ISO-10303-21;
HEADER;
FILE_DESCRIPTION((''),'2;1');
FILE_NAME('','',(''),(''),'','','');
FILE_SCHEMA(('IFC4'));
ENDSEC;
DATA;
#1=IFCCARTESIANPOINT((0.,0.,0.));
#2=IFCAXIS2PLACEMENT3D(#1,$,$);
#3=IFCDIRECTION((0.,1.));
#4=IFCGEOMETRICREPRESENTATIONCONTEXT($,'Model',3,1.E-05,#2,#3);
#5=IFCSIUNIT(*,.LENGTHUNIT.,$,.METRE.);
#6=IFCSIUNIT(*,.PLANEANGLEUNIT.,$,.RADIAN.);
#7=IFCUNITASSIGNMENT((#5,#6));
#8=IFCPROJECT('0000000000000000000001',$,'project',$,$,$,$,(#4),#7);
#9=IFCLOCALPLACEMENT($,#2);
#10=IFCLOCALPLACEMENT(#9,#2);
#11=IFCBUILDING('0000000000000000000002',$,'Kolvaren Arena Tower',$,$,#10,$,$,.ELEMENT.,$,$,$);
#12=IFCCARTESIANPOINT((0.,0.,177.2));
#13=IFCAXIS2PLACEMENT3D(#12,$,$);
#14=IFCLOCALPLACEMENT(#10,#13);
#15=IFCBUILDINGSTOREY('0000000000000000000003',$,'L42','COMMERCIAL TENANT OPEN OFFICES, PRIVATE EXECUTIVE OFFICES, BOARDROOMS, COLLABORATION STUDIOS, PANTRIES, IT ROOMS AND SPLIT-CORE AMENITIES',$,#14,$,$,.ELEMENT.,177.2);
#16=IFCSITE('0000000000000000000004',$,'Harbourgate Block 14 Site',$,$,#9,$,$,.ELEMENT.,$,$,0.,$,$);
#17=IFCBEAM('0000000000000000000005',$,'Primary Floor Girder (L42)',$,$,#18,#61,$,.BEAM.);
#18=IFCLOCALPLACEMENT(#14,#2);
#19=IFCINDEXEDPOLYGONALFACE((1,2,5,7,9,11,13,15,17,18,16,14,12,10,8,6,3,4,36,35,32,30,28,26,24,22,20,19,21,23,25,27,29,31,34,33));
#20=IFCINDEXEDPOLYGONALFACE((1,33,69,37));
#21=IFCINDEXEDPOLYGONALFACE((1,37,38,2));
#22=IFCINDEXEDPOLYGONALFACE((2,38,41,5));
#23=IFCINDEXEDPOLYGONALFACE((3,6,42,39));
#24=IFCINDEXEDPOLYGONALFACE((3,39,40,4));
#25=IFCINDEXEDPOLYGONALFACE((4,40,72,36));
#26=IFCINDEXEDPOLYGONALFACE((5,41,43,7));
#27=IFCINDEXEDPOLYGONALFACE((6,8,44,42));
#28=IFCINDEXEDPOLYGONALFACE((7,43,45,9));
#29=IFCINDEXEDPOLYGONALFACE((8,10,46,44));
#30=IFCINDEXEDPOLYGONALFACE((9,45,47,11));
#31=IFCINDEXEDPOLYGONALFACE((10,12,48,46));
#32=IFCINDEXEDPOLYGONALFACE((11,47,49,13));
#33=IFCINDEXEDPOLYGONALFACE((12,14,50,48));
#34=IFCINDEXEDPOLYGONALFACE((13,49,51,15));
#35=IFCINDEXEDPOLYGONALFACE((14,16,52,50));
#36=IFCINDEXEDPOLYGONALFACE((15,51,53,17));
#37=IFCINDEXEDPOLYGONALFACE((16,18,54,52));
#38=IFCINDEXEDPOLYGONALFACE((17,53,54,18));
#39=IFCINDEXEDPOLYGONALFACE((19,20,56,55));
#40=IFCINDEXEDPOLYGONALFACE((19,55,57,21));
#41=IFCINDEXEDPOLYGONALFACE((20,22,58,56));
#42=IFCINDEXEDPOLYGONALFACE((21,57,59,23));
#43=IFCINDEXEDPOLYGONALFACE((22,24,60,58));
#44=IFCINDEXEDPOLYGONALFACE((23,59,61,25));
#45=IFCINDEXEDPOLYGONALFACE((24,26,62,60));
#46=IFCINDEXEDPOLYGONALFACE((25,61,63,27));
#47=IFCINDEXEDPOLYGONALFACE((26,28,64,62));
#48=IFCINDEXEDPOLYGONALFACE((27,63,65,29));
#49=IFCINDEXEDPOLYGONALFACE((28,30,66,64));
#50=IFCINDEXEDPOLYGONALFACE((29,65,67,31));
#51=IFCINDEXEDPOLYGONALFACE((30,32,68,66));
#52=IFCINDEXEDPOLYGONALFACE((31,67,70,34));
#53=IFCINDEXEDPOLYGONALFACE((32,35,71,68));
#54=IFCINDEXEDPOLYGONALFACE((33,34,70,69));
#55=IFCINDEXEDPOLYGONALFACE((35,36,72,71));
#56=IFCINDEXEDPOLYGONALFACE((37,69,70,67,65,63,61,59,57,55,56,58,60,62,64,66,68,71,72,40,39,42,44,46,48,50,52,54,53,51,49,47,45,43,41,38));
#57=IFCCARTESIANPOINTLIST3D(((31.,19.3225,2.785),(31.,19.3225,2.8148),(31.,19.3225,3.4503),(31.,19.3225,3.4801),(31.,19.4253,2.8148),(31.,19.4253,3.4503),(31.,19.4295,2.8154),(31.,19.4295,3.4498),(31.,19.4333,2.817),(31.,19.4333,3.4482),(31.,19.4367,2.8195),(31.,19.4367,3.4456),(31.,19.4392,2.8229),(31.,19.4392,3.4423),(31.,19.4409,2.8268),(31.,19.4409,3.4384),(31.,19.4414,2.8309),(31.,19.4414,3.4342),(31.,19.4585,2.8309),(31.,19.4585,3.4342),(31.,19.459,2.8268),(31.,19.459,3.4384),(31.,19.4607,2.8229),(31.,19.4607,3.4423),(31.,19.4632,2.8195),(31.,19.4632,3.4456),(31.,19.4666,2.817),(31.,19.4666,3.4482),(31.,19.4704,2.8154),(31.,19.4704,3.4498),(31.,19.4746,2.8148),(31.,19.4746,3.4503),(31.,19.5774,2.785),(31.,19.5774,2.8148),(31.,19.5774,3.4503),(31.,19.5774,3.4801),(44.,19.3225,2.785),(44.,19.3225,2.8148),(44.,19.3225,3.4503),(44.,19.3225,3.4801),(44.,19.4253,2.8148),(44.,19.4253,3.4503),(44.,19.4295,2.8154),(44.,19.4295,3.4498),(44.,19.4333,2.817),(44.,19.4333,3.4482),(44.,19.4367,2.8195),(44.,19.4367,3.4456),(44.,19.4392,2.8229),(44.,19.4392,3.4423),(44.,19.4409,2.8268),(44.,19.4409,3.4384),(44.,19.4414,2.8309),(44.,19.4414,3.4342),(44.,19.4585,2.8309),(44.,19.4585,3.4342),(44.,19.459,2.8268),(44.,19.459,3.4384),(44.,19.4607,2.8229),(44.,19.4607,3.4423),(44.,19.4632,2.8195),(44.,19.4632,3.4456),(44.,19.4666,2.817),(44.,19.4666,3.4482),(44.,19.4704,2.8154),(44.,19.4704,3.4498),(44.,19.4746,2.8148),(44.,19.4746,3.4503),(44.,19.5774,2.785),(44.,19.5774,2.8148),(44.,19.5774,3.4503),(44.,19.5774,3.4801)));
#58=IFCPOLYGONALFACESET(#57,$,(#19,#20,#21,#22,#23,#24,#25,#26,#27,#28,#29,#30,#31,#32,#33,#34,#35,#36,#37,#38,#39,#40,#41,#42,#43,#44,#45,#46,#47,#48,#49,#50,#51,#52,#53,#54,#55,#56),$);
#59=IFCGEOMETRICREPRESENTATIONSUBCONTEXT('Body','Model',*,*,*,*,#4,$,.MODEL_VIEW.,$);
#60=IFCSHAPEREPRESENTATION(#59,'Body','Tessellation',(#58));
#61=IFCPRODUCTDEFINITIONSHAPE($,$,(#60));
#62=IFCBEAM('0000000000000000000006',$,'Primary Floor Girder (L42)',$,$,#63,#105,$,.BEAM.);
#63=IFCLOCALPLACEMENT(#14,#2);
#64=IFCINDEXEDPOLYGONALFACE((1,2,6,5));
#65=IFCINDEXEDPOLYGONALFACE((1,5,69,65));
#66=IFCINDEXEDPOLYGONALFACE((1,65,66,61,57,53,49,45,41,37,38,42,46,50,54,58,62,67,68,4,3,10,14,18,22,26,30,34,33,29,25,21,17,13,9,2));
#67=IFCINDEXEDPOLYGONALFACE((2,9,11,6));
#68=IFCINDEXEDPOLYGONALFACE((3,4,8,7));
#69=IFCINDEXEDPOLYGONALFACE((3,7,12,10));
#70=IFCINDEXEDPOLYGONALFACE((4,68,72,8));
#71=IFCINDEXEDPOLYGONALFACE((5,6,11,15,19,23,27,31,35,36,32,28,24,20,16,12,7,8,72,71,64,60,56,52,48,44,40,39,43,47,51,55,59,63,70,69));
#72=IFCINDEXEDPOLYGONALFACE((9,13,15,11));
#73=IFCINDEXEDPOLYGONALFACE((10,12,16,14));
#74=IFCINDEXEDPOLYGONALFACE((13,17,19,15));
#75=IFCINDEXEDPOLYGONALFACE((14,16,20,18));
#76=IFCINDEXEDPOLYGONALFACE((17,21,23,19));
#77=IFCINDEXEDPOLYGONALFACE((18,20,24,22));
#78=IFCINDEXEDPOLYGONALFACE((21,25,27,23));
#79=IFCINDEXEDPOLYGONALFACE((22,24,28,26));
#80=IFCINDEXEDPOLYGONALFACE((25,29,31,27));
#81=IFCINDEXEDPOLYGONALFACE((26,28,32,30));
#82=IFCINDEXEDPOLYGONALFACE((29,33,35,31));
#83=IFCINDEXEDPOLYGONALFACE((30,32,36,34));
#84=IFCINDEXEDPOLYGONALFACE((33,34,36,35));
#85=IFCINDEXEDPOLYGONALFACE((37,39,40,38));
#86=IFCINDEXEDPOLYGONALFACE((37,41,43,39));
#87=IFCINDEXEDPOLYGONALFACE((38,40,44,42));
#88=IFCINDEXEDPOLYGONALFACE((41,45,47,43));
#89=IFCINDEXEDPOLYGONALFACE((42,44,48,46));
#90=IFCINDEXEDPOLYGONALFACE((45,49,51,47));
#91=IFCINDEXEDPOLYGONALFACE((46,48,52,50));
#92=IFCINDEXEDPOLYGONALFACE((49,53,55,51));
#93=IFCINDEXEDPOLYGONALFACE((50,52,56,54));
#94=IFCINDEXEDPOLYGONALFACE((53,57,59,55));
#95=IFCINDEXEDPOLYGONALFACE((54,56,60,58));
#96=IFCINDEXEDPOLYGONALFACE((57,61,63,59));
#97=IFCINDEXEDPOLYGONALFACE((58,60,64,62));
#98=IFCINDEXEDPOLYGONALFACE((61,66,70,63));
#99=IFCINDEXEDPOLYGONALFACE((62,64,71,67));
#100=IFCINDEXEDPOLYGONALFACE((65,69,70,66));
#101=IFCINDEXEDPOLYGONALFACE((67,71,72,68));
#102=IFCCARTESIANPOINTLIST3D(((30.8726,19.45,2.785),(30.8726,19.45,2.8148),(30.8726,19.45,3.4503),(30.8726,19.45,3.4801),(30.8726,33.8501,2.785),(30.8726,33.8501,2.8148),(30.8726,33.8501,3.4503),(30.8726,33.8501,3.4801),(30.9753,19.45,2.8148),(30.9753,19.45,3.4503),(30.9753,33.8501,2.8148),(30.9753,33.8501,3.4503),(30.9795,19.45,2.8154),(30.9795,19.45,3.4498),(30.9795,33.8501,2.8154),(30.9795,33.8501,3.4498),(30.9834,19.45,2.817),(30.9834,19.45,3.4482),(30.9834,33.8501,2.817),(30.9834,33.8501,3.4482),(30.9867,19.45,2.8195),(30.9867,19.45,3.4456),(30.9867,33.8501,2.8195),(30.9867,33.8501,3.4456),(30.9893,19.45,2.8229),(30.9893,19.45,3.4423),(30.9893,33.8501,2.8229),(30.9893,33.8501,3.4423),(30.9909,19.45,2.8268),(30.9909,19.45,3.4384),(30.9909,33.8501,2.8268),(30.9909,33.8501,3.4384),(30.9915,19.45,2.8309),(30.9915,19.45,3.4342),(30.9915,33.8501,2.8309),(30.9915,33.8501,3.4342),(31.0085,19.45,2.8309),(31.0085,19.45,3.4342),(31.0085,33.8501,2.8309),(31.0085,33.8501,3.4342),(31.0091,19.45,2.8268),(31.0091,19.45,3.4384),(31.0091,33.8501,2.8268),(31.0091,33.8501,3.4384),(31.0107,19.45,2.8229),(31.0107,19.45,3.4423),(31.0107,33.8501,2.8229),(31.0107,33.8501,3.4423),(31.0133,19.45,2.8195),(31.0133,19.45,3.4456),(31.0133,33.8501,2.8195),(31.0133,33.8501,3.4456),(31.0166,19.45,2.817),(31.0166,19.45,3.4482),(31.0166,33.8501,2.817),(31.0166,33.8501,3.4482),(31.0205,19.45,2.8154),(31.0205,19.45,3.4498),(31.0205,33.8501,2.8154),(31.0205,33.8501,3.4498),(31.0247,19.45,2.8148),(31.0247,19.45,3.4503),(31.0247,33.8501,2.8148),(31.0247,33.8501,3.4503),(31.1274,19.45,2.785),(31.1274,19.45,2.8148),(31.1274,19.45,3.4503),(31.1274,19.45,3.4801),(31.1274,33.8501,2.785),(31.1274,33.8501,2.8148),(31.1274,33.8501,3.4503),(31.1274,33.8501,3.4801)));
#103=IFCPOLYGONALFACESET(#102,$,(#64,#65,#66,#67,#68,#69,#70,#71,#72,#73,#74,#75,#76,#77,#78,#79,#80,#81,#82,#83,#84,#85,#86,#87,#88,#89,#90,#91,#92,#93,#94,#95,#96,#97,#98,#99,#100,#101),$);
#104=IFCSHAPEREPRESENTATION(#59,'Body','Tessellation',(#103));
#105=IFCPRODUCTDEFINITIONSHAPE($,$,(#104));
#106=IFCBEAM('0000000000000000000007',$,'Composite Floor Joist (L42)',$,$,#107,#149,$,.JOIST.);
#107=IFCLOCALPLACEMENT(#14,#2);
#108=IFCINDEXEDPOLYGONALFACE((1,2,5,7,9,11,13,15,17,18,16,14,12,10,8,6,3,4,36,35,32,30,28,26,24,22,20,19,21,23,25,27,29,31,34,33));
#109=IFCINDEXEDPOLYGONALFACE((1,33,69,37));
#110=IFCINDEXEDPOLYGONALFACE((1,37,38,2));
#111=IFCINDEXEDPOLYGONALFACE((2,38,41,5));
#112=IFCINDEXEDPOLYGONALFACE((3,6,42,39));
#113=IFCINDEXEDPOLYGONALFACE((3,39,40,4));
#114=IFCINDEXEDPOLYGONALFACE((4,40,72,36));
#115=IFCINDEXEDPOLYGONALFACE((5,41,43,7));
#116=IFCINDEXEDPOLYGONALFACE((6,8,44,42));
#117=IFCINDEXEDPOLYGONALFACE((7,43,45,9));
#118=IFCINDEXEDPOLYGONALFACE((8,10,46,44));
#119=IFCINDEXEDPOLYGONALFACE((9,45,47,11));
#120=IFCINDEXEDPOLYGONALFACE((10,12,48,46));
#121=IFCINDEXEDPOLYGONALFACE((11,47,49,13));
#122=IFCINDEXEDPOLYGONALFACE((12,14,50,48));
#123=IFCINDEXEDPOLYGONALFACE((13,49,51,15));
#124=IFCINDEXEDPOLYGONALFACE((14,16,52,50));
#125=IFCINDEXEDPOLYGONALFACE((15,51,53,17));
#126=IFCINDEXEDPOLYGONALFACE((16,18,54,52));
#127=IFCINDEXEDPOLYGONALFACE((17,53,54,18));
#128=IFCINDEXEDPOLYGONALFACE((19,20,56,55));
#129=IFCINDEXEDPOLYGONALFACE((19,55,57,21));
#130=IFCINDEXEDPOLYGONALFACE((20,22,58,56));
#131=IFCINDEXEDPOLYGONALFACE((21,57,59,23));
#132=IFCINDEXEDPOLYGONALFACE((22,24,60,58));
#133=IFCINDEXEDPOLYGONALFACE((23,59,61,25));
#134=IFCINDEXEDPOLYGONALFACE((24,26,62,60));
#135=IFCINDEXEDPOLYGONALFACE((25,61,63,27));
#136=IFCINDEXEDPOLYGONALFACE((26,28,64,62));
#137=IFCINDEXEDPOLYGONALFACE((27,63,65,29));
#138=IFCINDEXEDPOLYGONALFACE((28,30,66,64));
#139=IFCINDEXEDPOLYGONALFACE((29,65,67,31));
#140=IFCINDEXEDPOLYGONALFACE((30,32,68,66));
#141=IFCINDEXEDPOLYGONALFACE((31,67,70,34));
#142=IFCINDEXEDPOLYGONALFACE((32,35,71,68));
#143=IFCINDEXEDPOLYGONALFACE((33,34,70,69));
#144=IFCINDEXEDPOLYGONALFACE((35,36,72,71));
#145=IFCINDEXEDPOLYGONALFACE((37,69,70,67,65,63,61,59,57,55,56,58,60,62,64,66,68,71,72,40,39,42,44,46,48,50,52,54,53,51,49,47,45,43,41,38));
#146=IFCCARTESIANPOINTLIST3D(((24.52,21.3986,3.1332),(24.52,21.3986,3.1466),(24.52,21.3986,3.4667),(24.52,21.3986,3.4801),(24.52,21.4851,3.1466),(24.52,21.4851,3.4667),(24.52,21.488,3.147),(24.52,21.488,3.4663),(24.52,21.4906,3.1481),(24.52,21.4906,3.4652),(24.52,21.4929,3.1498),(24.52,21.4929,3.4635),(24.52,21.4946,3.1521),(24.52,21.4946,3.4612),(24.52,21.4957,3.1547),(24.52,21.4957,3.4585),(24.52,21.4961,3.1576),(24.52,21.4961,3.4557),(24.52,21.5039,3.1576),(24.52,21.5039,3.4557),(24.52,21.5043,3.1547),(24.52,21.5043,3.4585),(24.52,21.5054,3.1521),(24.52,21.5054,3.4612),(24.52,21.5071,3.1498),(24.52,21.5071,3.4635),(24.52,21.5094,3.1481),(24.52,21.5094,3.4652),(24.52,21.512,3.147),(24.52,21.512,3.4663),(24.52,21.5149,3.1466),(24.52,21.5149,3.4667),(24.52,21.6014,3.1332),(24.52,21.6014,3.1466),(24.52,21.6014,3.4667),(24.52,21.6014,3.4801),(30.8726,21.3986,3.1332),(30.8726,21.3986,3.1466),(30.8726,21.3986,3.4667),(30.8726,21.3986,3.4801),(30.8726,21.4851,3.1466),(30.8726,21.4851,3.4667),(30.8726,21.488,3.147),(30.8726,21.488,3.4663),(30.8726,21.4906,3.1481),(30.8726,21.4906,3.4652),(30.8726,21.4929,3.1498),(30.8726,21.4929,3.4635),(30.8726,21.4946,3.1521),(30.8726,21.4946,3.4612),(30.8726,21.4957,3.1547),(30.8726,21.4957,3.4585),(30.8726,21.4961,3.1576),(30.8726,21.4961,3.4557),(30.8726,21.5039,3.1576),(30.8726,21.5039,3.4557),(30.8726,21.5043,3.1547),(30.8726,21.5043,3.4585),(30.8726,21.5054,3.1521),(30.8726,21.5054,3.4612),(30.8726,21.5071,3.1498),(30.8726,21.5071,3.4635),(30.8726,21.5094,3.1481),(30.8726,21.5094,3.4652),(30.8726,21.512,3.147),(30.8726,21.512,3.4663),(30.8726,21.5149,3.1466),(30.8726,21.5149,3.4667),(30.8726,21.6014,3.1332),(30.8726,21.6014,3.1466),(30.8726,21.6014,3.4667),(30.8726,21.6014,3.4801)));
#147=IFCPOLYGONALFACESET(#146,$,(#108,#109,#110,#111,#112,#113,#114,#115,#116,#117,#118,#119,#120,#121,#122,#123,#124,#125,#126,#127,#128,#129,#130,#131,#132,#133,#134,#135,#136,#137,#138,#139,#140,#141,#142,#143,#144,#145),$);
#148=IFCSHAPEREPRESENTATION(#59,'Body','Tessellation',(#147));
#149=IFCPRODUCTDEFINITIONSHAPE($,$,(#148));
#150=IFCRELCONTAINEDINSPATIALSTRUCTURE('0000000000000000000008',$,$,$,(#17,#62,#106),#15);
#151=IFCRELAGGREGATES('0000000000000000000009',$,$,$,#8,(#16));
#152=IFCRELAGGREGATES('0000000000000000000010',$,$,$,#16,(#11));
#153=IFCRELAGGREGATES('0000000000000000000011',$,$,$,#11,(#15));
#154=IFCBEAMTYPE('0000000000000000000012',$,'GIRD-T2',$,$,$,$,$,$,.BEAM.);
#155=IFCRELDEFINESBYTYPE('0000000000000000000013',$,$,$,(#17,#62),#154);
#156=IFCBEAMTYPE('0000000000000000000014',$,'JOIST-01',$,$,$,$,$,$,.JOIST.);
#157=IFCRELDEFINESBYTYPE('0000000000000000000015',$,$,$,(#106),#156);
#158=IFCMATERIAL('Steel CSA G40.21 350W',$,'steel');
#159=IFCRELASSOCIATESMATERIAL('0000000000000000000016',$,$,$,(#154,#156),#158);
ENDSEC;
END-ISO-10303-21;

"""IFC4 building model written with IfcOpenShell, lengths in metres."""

from ifc_helpers import new_model, si_unit, direction, frame, origin, origin_2d, place, context, subcontext, project, spatial, i_section, extrude, material, material_profile, profile_set, type_object, element, save


model = new_model("IFC4")

# Units and contexts
model_context = context("Model", 3, precision=1e-05, world=origin(), true_north=direction((0.0, 1.0)))
body_context = subcontext(model_context, "Body", "Model", "MODEL_VIEW")
ifc_project = project(units=[si_unit("LENGTHUNIT", "METRE"), si_unit("PLANEANGLEUNIT", "RADIAN")], contexts=[model_context])

# Site, building, storey
site_placement = place(None, origin())
site = spatial("IfcSite", under=ifc_project, at=site_placement, Name="Harbourgate Block 14 Site", CompositionType="ELEMENT", RefElevation=0.0)
building_placement = place(site_placement, origin())
building = spatial("IfcBuilding", under=site, at=building_placement, Name="Kolvaren Arena Tower", CompositionType="ELEMENT")
storey_placement = place(building_placement, frame((0.0, 0.0, 177.2)))
storey = spatial("IfcBuildingStorey", under=building, at=storey_placement, Name="L42", Description="COMMERCIAL TENANT OPEN OFFICES, PRIVATE EXECUTIVE OFFICES, BOARDROOMS, COLLABORATION STUDIOS, PANTRIES, IT ROOMS AND SPLIT-CORE AMENITIES", CompositionType="ELEMENT", Elevation=177.2)

# Beams
ifc_material_1 = material(Name="Steel CSA G40.21 350W", Category="steel")
ifc_material_profile_1 = material_profile(ifc_material_1, i_section(OverallWidth=0.2549, OverallDepth=0.6951, WebThickness=0.0171, FlangeThickness=0.0298, FilletRadius=0.0161, at=origin_2d()), Name="W690x217")
ifc_profile_set_1 = profile_set([ifc_material_profile_1], Name="Steel CSA G40.21 350W")
beam_type_1 = type_object("IfcBeamType", Name="GIRD-T2", PredefinedType="BEAM", material=ifc_profile_set_1)
beam_1_placement = place(storey_placement, frame((31.0, 19.45, 3.1326), z_axis=(1.0, 0.0, 0.0), x_axis=(0.0, 1.0, 0.0)))
element("IfcBeam", 1, at=beam_1_placement, inside=storey, type_object=beam_type_1, Name="Primary Floor Girder (L42)", PredefinedType="BEAM", context=body_context, shape_type="SweptSolid", body=[
    extrude(i_section(OverallWidth=0.2549, OverallDepth=0.6951, WebThickness=0.0171, FlangeThickness=0.0298, FilletRadius=0.0161, at=origin_2d()), origin(), (0.0, 0.0, 1.0), 13.0),
])
beam_2_placement = place(storey_placement, frame((31.0, 19.45, 3.1326), z_axis=(0.0, 1.0, 0.0), x_axis=(-1.0, 0.0, 0.0)))
element("IfcBeam", 2, at=beam_2_placement, inside=storey, type_object=beam_type_1, Name="Primary Floor Girder (L42)", PredefinedType="BEAM", context=body_context, shape_type="SweptSolid", body=[
    extrude(i_section(OverallWidth=0.2549, OverallDepth=0.6951, WebThickness=0.0171, FlangeThickness=0.0298, FilletRadius=0.0161, at=origin_2d()), origin(), (0.0, 0.0, 1.0), 14.4001),
])
ifc_material_profile_2 = material_profile(ifc_material_1, i_section(OverallWidth=0.2029, OverallDepth=0.3469, WebThickness=0.0078, FlangeThickness=0.0134, FilletRadius=0.011, at=origin_2d()), Name="W360x64")
ifc_profile_set_2 = profile_set([ifc_material_profile_2], Name="Steel CSA G40.21 350W")
beam_type_2 = type_object("IfcBeamType", Name="JOIST-01", PredefinedType="JOIST", material=ifc_profile_set_2)
beam_3_placement = place(storey_placement, frame((24.52, 21.5, 3.3066), z_axis=(1.0, 0.0, 0.0), x_axis=(0.0, 1.0, 0.0)))
element("IfcBeam", 3, at=beam_3_placement, inside=storey, type_object=beam_type_2, Name="Composite Floor Joist (L42)", PredefinedType="JOIST", context=body_context, shape_type="SweptSolid", body=[
    extrude(i_section(OverallWidth=0.2029, OverallDepth=0.3469, WebThickness=0.0078, FlangeThickness=0.0134, FilletRadius=0.011, at=origin_2d()), origin(), (0.0, 0.0, 1.0), 6.3525),
])

save(model, "model.ifc")
